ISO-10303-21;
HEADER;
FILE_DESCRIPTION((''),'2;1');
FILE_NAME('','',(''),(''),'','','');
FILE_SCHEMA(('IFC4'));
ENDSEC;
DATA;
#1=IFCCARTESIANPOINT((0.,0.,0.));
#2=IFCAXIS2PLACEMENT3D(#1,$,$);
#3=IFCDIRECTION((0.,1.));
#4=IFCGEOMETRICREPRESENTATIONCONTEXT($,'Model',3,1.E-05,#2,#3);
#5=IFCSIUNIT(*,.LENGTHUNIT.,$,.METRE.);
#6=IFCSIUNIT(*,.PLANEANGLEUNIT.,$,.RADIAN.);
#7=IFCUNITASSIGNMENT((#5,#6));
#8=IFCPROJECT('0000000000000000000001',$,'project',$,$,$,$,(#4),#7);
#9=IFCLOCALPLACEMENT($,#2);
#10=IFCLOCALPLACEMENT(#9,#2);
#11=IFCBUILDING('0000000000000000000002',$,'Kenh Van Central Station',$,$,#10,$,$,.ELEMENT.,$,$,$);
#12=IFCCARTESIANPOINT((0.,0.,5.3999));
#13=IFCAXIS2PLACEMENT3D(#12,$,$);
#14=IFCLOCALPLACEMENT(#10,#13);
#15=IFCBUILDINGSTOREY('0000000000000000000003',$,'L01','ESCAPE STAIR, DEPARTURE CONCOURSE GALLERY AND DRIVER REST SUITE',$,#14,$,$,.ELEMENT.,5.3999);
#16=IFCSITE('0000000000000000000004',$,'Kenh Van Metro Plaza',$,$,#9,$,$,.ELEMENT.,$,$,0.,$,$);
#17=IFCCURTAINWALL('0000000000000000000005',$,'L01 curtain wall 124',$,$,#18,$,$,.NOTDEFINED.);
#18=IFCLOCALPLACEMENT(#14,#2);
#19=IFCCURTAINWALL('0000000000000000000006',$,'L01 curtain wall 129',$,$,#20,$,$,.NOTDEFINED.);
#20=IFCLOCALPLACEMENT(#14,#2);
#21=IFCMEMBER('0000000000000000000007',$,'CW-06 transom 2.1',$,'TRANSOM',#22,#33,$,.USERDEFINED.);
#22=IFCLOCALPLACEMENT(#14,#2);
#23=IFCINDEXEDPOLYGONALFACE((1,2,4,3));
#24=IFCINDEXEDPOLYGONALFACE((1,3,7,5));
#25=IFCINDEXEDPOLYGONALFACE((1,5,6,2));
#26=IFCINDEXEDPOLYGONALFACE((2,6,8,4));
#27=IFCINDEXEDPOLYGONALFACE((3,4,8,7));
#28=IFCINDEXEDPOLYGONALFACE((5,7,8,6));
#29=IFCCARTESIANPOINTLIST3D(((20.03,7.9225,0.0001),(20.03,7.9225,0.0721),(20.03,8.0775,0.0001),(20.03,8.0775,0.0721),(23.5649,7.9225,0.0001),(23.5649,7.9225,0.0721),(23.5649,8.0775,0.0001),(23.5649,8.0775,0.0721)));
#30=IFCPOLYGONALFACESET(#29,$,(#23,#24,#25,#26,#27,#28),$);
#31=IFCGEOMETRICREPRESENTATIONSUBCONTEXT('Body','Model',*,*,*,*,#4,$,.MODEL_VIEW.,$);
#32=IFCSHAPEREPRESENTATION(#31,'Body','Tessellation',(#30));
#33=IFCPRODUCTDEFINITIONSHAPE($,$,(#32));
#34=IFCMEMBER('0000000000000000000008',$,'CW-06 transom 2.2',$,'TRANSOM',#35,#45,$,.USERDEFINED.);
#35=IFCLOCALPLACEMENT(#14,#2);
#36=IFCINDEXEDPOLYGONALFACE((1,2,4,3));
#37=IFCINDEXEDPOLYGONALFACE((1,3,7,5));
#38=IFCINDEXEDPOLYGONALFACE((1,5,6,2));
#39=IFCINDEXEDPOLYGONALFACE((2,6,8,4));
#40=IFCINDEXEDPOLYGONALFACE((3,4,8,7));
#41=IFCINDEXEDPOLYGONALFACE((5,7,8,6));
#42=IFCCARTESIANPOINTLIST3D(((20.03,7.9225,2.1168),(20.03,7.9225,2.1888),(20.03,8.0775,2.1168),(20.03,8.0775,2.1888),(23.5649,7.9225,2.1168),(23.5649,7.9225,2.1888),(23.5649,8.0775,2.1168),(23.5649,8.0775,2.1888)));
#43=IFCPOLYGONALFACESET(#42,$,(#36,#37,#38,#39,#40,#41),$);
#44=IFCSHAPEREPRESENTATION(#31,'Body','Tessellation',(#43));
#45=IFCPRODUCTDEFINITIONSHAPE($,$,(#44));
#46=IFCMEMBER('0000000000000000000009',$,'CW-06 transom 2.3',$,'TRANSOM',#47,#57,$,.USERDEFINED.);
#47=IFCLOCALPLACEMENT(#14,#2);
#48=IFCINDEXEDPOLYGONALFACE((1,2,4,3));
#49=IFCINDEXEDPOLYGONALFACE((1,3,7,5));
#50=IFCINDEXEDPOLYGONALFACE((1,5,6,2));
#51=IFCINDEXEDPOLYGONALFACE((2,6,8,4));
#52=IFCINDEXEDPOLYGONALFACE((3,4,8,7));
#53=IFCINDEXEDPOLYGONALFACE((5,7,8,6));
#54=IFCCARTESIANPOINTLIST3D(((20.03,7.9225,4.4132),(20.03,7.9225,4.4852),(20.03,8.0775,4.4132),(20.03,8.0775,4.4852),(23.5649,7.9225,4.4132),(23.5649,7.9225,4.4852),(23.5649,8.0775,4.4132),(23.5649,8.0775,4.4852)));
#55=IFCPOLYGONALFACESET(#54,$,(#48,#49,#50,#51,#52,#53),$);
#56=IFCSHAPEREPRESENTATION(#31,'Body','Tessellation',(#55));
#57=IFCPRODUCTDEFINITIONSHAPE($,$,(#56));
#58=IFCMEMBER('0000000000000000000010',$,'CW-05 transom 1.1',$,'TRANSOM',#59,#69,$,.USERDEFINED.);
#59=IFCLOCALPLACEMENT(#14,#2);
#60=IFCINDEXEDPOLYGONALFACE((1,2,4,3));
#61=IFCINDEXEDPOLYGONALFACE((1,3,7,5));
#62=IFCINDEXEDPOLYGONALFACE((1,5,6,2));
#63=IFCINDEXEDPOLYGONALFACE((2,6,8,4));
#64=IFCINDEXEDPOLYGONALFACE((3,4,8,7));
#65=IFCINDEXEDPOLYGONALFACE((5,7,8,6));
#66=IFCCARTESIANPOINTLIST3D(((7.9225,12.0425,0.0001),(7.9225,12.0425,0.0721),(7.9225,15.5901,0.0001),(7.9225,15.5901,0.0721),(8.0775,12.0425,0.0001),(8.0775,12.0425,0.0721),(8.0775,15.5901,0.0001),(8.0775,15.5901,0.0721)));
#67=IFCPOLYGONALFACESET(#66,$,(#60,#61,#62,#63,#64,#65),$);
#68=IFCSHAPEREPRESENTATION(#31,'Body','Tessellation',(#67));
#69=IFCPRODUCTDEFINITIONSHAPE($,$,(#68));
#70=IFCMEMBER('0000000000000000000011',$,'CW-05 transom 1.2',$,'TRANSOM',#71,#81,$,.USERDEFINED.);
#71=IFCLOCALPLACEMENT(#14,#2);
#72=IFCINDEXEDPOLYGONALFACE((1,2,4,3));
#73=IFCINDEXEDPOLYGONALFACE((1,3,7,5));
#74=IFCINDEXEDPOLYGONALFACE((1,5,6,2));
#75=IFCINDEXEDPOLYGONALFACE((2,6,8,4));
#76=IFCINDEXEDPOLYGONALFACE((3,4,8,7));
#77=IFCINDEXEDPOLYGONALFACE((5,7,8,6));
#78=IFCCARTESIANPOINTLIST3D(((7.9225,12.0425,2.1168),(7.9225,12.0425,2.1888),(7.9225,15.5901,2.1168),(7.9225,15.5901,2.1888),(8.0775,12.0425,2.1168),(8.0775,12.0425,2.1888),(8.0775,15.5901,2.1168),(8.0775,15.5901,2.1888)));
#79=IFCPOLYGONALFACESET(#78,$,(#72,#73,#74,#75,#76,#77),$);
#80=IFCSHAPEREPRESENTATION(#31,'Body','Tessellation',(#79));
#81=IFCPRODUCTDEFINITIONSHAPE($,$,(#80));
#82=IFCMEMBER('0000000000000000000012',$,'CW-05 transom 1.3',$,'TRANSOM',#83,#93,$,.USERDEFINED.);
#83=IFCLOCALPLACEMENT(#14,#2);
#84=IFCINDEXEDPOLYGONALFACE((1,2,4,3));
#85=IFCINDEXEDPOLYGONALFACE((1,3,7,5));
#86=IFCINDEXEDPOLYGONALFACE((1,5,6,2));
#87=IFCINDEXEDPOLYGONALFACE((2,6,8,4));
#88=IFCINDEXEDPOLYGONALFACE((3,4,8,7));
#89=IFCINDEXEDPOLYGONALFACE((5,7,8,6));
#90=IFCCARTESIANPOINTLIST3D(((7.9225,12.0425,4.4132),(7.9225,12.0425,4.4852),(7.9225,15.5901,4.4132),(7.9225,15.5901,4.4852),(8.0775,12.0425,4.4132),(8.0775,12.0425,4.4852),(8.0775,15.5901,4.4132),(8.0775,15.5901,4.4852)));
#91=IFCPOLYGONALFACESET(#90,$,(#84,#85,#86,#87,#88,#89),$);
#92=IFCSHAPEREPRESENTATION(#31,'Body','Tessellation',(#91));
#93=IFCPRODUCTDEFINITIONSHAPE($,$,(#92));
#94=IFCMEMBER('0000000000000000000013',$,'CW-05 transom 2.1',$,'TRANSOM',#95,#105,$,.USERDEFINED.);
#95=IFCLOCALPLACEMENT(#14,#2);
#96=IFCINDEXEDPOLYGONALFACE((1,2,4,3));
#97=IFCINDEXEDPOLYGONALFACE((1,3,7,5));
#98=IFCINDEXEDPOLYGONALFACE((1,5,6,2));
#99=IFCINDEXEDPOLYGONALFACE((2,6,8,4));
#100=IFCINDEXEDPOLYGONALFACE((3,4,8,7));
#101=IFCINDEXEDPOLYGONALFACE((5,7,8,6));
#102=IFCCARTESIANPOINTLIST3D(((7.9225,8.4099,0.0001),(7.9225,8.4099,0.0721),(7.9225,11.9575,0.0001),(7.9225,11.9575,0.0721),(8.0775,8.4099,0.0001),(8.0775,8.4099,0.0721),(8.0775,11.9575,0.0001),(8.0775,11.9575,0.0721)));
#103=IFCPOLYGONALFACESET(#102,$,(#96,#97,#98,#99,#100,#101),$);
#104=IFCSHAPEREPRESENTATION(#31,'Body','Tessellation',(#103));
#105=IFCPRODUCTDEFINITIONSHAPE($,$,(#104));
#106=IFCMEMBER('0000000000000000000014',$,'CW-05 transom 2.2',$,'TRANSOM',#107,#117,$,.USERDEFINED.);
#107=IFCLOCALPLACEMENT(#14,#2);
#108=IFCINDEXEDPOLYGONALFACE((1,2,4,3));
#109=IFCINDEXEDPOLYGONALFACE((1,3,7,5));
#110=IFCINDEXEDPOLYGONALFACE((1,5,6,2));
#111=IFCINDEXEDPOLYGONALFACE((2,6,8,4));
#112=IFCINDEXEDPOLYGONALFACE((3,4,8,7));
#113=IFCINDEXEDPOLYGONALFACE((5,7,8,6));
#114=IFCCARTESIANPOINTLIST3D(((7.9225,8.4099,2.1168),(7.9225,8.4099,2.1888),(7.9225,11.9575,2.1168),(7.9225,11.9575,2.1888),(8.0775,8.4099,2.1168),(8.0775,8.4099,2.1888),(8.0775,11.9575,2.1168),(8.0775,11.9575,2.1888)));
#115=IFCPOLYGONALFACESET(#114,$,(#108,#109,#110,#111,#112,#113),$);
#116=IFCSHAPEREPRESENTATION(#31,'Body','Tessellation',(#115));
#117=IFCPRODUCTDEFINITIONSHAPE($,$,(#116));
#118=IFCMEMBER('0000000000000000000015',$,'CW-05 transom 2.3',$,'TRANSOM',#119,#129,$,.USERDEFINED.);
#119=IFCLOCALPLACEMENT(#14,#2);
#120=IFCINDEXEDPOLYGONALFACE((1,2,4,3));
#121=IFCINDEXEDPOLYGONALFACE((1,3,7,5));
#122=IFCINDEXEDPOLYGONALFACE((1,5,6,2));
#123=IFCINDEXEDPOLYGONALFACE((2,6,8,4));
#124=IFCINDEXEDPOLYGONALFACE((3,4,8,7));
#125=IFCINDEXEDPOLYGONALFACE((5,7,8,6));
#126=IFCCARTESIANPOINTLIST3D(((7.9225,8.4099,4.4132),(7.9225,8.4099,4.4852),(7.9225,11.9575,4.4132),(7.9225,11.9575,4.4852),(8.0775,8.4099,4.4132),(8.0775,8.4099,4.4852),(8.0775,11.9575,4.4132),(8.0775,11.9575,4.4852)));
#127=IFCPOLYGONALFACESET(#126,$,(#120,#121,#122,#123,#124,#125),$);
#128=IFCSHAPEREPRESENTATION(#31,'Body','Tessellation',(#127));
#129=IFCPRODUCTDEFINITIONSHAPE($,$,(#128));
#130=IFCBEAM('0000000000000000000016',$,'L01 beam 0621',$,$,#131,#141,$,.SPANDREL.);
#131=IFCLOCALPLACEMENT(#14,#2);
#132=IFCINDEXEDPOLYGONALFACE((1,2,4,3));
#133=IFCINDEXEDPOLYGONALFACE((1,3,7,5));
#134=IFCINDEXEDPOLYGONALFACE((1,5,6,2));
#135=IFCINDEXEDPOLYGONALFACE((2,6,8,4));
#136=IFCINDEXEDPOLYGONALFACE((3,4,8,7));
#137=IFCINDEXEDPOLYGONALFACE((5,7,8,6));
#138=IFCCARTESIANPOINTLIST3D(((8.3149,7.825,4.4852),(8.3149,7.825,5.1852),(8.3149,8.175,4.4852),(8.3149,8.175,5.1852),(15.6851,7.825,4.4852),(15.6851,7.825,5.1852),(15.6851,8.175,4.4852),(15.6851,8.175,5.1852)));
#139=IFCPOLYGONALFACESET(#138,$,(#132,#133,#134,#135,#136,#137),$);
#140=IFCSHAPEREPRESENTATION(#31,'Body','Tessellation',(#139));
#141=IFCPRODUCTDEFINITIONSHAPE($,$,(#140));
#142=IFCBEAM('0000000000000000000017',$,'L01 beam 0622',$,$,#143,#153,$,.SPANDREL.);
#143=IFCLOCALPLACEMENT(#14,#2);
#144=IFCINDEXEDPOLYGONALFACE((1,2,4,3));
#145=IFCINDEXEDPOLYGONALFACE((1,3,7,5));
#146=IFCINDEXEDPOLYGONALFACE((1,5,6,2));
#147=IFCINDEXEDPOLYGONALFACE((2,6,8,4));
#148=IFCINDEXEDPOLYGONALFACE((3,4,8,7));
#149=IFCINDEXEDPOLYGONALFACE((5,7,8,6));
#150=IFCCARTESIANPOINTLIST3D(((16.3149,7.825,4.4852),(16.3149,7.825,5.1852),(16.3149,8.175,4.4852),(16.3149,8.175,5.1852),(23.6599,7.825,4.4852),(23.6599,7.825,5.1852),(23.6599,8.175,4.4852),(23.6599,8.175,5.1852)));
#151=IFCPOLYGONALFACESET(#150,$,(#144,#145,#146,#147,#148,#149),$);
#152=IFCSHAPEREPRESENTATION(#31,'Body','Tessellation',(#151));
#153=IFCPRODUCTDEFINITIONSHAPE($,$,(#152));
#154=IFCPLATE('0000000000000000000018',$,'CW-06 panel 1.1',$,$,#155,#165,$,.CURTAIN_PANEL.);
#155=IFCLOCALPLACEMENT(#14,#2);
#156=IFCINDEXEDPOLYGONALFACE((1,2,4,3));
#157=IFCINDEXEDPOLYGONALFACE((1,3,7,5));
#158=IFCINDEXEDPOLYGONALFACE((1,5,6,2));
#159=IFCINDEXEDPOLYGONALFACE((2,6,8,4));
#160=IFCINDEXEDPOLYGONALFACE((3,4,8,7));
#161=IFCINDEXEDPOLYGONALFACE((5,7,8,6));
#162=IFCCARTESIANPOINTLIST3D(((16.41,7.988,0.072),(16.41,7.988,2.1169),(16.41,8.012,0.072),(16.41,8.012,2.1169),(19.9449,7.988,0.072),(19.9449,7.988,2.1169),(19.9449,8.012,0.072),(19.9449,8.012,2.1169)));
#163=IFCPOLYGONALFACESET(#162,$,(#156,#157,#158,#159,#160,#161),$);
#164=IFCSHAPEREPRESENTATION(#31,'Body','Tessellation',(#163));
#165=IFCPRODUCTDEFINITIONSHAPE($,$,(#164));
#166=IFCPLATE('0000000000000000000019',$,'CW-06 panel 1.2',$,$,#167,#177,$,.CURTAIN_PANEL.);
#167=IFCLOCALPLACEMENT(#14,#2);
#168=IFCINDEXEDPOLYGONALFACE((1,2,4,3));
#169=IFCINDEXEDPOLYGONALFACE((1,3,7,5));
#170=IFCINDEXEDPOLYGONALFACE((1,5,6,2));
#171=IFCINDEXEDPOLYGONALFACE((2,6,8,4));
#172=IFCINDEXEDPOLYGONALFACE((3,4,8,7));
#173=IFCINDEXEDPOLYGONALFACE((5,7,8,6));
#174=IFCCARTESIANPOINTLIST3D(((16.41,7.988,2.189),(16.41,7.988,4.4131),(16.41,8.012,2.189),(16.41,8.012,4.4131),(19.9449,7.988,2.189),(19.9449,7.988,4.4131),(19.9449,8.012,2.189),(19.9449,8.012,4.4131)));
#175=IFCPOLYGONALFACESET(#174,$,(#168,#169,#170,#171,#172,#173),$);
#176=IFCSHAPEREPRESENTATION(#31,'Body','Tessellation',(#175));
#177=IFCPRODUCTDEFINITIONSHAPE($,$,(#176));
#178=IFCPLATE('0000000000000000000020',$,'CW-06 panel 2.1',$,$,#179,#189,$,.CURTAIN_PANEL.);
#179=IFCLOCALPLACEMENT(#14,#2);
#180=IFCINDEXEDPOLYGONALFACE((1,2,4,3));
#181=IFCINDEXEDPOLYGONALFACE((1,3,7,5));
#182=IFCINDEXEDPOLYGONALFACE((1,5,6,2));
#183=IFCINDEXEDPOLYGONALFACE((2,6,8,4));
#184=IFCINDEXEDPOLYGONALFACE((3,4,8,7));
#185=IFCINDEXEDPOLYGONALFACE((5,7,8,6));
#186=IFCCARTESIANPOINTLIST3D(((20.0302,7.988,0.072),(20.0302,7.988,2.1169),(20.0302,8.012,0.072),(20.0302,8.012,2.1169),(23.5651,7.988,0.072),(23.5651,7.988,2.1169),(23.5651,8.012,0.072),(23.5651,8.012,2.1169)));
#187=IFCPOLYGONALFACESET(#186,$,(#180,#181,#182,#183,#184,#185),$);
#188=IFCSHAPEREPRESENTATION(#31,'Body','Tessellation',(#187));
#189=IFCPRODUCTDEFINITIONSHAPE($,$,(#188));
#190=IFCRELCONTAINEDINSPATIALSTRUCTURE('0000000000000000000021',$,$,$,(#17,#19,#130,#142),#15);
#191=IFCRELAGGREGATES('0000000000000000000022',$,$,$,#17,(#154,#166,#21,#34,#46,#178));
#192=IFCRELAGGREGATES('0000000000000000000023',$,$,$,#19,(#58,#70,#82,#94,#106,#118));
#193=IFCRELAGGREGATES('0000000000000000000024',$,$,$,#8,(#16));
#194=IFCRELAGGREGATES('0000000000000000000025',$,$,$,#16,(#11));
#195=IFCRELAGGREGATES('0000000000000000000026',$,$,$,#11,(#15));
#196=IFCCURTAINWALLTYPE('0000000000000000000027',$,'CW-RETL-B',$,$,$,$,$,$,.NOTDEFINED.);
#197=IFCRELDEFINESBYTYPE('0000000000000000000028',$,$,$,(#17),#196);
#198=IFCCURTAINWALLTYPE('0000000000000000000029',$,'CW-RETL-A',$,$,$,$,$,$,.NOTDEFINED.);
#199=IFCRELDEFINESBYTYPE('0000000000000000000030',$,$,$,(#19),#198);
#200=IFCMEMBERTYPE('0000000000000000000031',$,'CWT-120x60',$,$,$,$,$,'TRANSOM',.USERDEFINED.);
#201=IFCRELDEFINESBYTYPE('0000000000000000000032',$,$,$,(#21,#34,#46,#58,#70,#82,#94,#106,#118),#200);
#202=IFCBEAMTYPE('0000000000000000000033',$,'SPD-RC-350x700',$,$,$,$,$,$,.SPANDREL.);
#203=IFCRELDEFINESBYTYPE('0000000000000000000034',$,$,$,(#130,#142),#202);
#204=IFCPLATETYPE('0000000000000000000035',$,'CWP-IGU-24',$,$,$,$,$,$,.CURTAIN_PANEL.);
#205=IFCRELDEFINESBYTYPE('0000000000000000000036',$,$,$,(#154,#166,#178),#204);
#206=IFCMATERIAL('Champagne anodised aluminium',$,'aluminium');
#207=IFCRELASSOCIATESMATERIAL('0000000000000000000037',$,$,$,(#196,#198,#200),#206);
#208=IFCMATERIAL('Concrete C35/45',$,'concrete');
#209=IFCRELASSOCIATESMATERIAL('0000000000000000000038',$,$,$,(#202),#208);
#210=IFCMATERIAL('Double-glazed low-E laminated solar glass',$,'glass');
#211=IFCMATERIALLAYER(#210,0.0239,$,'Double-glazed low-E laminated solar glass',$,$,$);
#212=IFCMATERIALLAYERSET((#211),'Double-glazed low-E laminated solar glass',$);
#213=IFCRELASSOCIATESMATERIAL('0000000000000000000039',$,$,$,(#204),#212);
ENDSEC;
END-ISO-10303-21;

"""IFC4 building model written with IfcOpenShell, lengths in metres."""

from ifc_helpers import new_model, si_unit, direction, frame, origin, origin_2d, place, context, subcontext, project, spatial, rectangle, extrude, material, layer, layer_set, material_profile, profile_set, type_object, element, aggregate, save


model = new_model("IFC4")

# Units and contexts
model_context = context("Model", 3, precision=1e-05, world=origin(), true_north=direction((0.0, 1.0)))
body_context = subcontext(model_context, "Body", "Model", "MODEL_VIEW")
ifc_project = project(units=[si_unit("LENGTHUNIT", "METRE"), si_unit("PLANEANGLEUNIT", "RADIAN")], contexts=[model_context])

# Site, building, storey
site_placement = place(None, origin())
site = spatial("IfcSite", under=ifc_project, at=site_placement, Name="Kenh Van Metro Plaza", CompositionType="ELEMENT", RefElevation=0.0)
building_placement = place(site_placement, origin())
building = spatial("IfcBuilding", under=site, at=building_placement, Name="Kenh Van Central Station", CompositionType="ELEMENT")
storey_placement = place(building_placement, frame((0.0, 0.0, 5.3999)))
storey = spatial("IfcBuildingStorey", under=building, at=storey_placement, Name="L01", Description="ESCAPE STAIR, DEPARTURE CONCOURSE GALLERY AND DRIVER REST SUITE", CompositionType="ELEMENT", Elevation=5.3999)

# Shared definitions
ifc_material_1 = material(Name="Concrete C35/45", Category="concrete")

# Curtain walls
ifc_material_2 = material(Name="Champagne anodised aluminium", Category="aluminium")
curtain_wall_type_1 = type_object("IfcCurtainWallType", Name="CW-RETL-B", PredefinedType="NOTDEFINED", material=ifc_material_2)
curtain_wall_1_placement = place(storey_placement, origin())
curtain_wall_1 = element("IfcCurtainWall", 1, at=curtain_wall_1_placement, inside=storey, type_object=curtain_wall_type_1, Name="L01 curtain wall 124", PredefinedType="NOTDEFINED")
curtain_wall_type_2 = type_object("IfcCurtainWallType", Name="CW-RETL-A", PredefinedType="NOTDEFINED", material=ifc_material_2)
curtain_wall_2_placement = place(storey_placement, origin())
curtain_wall_2 = element("IfcCurtainWall", 2, at=curtain_wall_2_placement, inside=storey, type_object=curtain_wall_type_2, Name="L01 curtain wall 129", PredefinedType="NOTDEFINED")

# Members
ifc_material_profile_1 = material_profile(ifc_material_2, rectangle(XDim=0.155, YDim=0.072, at=origin_2d()), Name="AL 155x72")
ifc_profile_set_1 = profile_set([ifc_material_profile_1], Name="Champagne anodised aluminium")
member_type_1 = type_object("IfcMemberType", Name="CWT-120x60", ElementType="TRANSOM", PredefinedType="USERDEFINED", material=ifc_profile_set_1)
member_1_placement = place(storey_placement, frame((20.03, 8.0, 0.0361), z_axis=(1.0, 0.0, 0.0), x_axis=(0.0, 1.0, 0.0)))
member_1 = element("IfcMember", 3, at=member_1_placement, type_object=member_type_1, Name="CW-06 transom 2.1", ObjectType="TRANSOM", PredefinedType="USERDEFINED", context=body_context, shape_type="SweptSolid", body=[
    extrude(rectangle(XDim=0.155, YDim=0.072, at=origin_2d()), origin(), (0.0, 0.0, 1.0), 3.5349),
])
member_2_placement = place(storey_placement, frame((20.03, 8.0, 2.1528), z_axis=(1.0, 0.0, 0.0), x_axis=(0.0, 1.0, 0.0)))
member_2 = element("IfcMember", 4, at=member_2_placement, type_object=member_type_1, Name="CW-06 transom 2.2", ObjectType="TRANSOM", PredefinedType="USERDEFINED", context=body_context, shape_type="SweptSolid", body=[
    extrude(rectangle(XDim=0.155, YDim=0.072, at=origin_2d()), origin(), (0.0, 0.0, 1.0), 3.5349),
])
member_3_placement = place(storey_placement, frame((20.03, 8.0, 4.4492), z_axis=(1.0, 0.0, 0.0), x_axis=(0.0, 1.0, 0.0)))
member_3 = element("IfcMember", 5, at=member_3_placement, type_object=member_type_1, Name="CW-06 transom 2.3", ObjectType="TRANSOM", PredefinedType="USERDEFINED", context=body_context, shape_type="SweptSolid", body=[
    extrude(rectangle(XDim=0.155, YDim=0.072, at=origin_2d()), origin(), (0.0, 0.0, 1.0), 3.5349),
])
member_4_placement = place(storey_placement, frame((8.0, 15.5901, 0.0361), z_axis=(0.0, -1.0, 0.0), x_axis=(1.0, 0.0, 0.0)))
member_4 = element("IfcMember", 6, at=member_4_placement, type_object=member_type_1, Name="CW-05 transom 1.1", ObjectType="TRANSOM", PredefinedType="USERDEFINED", context=body_context, shape_type="SweptSolid", body=[
    extrude(rectangle(XDim=0.155, YDim=0.072, at=origin_2d()), origin(), (0.0, 0.0, 1.0), 3.5476),
])
member_5_placement = place(storey_placement, frame((8.0, 15.5901, 2.1528), z_axis=(0.0, -1.0, 0.0), x_axis=(1.0, 0.0, 0.0)))
member_5 = element("IfcMember", 7, at=member_5_placement, type_object=member_type_1, Name="CW-05 transom 1.2", ObjectType="TRANSOM", PredefinedType="USERDEFINED", context=body_context, shape_type="SweptSolid", body=[
    extrude(rectangle(XDim=0.155, YDim=0.072, at=origin_2d()), origin(), (0.0, 0.0, 1.0), 3.5476),
])
member_6_placement = place(storey_placement, frame((8.0, 15.5901, 4.4492), z_axis=(0.0, -1.0, 0.0), x_axis=(1.0, 0.0, 0.0)))
member_6 = element("IfcMember", 8, at=member_6_placement, type_object=member_type_1, Name="CW-05 transom 1.3", ObjectType="TRANSOM", PredefinedType="USERDEFINED", context=body_context, shape_type="SweptSolid", body=[
    extrude(rectangle(XDim=0.155, YDim=0.072, at=origin_2d()), origin(), (0.0, 0.0, 1.0), 3.5476),
])
member_7_placement = place(storey_placement, frame((8.0, 11.9575, 0.0361), z_axis=(0.0, -1.0, 0.0), x_axis=(1.0, 0.0, 0.0)))
member_7 = element("IfcMember", 9, at=member_7_placement, type_object=member_type_1, Name="CW-05 transom 2.1", ObjectType="TRANSOM", PredefinedType="USERDEFINED", context=body_context, shape_type="SweptSolid", body=[
    extrude(rectangle(XDim=0.155, YDim=0.072, at=origin_2d()), origin(), (0.0, 0.0, 1.0), 3.5476),
])
member_8_placement = place(storey_placement, frame((8.0, 11.9575, 2.1528), z_axis=(0.0, -1.0, 0.0), x_axis=(1.0, 0.0, 0.0)))
member_8 = element("IfcMember", 10, at=member_8_placement, type_object=member_type_1, Name="CW-05 transom 2.2", ObjectType="TRANSOM", PredefinedType="USERDEFINED", context=body_context, shape_type="SweptSolid", body=[
    extrude(rectangle(XDim=0.155, YDim=0.072, at=origin_2d()), origin(), (0.0, 0.0, 1.0), 3.5476),
])
member_9_placement = place(storey_placement, frame((8.0, 11.9575, 4.4492), z_axis=(0.0, -1.0, 0.0), x_axis=(1.0, 0.0, 0.0)))
member_9 = element("IfcMember", 11, at=member_9_placement, type_object=member_type_1, Name="CW-05 transom 2.3", ObjectType="TRANSOM", PredefinedType="USERDEFINED", context=body_context, shape_type="SweptSolid", body=[
    extrude(rectangle(XDim=0.155, YDim=0.072, at=origin_2d()), origin(), (0.0, 0.0, 1.0), 3.5476),
])

# Beams
ifc_material_profile_2 = material_profile(ifc_material_1, rectangle(XDim=0.3501, YDim=0.7, at=origin_2d()), Name="RC 350x700")
ifc_profile_set_2 = profile_set([ifc_material_profile_2], Name="Concrete C35/45")
beam_type_1 = type_object("IfcBeamType", Name="SPD-RC-350x700", PredefinedType="SPANDREL", material=ifc_profile_set_2)
beam_1_placement = place(storey_placement, frame((8.3149, 8.0, 4.8352), z_axis=(1.0, 0.0, 0.0), x_axis=(0.0, 1.0, 0.0)))
element("IfcBeam", 12, at=beam_1_placement, inside=storey, type_object=beam_type_1, Name="L01 beam 0621", PredefinedType="SPANDREL", context=body_context, shape_type="SweptSolid", body=[
    extrude(rectangle(XDim=0.3501, YDim=0.7, at=origin_2d()), origin(), (0.0, 0.0, 1.0), 7.3701),
])
beam_2_placement = place(storey_placement, frame((16.3149, 8.0, 4.8352), z_axis=(1.0, 0.0, 0.0), x_axis=(0.0, 1.0, 0.0)))
element("IfcBeam", 13, at=beam_2_placement, inside=storey, type_object=beam_type_1, Name="L01 beam 0622", PredefinedType="SPANDREL", context=body_context, shape_type="SweptSolid", body=[
    extrude(rectangle(XDim=0.3501, YDim=0.7, at=origin_2d()), origin(), (0.0, 0.0, 1.0), 7.345),
])

# Plates
ifc_material_3 = material(Name="Double-glazed low-E laminated solar glass", Category="glass")
ifc_layer_1 = layer(ifc_material_3, 0.0239, Name="Double-glazed low-E laminated solar glass")
ifc_layer_set_1 = layer_set([ifc_layer_1], Name="Double-glazed low-E laminated solar glass")
plate_type_1 = type_object("IfcPlateType", Name="CWP-IGU-24", PredefinedType="CURTAIN_PANEL", material=ifc_layer_set_1)
plate_1_placement = place(storey_placement, frame((18.1775, 8.0, 0.072), z_axis=(0.0, 0.0, 1.0), x_axis=(1.0, 0.0, 0.0)))
plate_1 = element("IfcPlate", 14, at=plate_1_placement, type_object=plate_type_1, Name="CW-06 panel 1.1", PredefinedType="CURTAIN_PANEL", context=body_context, shape_type="SweptSolid", body=[
    extrude(rectangle(XDim=3.5349, YDim=0.0239, at=origin_2d()), origin(), (0.0, 0.0, 1.0), 2.0449),
])
plate_2_placement = place(storey_placement, frame((18.1775, 8.0, 2.189), z_axis=(0.0, 0.0, 1.0), x_axis=(1.0, 0.0, 0.0)))
plate_2 = element("IfcPlate", 15, at=plate_2_placement, type_object=plate_type_1, Name="CW-06 panel 1.2", PredefinedType="CURTAIN_PANEL", context=body_context, shape_type="SweptSolid", body=[
    extrude(rectangle(XDim=3.5349, YDim=0.0239, at=origin_2d()), origin(), (0.0, 0.0, 1.0), 2.2241),
])
plate_3_placement = place(storey_placement, frame((21.7976, 8.0, 0.072), z_axis=(0.0, 0.0, 1.0), x_axis=(1.0, 0.0, 0.0)))
plate_3 = element("IfcPlate", 16, at=plate_3_placement, type_object=plate_type_1, Name="CW-06 panel 2.1", PredefinedType="CURTAIN_PANEL", context=body_context, shape_type="SweptSolid", body=[
    extrude(rectangle(XDim=3.5349, YDim=0.0239, at=origin_2d()), origin(), (0.0, 0.0, 1.0), 2.0449),
])
aggregate(curtain_wall_1, [plate_1, plate_2, member_1, member_2, member_3, plate_3])
aggregate(curtain_wall_2, [member_4, member_5, member_6, member_7, member_8, member_9])

save(model, "model.ifc")
